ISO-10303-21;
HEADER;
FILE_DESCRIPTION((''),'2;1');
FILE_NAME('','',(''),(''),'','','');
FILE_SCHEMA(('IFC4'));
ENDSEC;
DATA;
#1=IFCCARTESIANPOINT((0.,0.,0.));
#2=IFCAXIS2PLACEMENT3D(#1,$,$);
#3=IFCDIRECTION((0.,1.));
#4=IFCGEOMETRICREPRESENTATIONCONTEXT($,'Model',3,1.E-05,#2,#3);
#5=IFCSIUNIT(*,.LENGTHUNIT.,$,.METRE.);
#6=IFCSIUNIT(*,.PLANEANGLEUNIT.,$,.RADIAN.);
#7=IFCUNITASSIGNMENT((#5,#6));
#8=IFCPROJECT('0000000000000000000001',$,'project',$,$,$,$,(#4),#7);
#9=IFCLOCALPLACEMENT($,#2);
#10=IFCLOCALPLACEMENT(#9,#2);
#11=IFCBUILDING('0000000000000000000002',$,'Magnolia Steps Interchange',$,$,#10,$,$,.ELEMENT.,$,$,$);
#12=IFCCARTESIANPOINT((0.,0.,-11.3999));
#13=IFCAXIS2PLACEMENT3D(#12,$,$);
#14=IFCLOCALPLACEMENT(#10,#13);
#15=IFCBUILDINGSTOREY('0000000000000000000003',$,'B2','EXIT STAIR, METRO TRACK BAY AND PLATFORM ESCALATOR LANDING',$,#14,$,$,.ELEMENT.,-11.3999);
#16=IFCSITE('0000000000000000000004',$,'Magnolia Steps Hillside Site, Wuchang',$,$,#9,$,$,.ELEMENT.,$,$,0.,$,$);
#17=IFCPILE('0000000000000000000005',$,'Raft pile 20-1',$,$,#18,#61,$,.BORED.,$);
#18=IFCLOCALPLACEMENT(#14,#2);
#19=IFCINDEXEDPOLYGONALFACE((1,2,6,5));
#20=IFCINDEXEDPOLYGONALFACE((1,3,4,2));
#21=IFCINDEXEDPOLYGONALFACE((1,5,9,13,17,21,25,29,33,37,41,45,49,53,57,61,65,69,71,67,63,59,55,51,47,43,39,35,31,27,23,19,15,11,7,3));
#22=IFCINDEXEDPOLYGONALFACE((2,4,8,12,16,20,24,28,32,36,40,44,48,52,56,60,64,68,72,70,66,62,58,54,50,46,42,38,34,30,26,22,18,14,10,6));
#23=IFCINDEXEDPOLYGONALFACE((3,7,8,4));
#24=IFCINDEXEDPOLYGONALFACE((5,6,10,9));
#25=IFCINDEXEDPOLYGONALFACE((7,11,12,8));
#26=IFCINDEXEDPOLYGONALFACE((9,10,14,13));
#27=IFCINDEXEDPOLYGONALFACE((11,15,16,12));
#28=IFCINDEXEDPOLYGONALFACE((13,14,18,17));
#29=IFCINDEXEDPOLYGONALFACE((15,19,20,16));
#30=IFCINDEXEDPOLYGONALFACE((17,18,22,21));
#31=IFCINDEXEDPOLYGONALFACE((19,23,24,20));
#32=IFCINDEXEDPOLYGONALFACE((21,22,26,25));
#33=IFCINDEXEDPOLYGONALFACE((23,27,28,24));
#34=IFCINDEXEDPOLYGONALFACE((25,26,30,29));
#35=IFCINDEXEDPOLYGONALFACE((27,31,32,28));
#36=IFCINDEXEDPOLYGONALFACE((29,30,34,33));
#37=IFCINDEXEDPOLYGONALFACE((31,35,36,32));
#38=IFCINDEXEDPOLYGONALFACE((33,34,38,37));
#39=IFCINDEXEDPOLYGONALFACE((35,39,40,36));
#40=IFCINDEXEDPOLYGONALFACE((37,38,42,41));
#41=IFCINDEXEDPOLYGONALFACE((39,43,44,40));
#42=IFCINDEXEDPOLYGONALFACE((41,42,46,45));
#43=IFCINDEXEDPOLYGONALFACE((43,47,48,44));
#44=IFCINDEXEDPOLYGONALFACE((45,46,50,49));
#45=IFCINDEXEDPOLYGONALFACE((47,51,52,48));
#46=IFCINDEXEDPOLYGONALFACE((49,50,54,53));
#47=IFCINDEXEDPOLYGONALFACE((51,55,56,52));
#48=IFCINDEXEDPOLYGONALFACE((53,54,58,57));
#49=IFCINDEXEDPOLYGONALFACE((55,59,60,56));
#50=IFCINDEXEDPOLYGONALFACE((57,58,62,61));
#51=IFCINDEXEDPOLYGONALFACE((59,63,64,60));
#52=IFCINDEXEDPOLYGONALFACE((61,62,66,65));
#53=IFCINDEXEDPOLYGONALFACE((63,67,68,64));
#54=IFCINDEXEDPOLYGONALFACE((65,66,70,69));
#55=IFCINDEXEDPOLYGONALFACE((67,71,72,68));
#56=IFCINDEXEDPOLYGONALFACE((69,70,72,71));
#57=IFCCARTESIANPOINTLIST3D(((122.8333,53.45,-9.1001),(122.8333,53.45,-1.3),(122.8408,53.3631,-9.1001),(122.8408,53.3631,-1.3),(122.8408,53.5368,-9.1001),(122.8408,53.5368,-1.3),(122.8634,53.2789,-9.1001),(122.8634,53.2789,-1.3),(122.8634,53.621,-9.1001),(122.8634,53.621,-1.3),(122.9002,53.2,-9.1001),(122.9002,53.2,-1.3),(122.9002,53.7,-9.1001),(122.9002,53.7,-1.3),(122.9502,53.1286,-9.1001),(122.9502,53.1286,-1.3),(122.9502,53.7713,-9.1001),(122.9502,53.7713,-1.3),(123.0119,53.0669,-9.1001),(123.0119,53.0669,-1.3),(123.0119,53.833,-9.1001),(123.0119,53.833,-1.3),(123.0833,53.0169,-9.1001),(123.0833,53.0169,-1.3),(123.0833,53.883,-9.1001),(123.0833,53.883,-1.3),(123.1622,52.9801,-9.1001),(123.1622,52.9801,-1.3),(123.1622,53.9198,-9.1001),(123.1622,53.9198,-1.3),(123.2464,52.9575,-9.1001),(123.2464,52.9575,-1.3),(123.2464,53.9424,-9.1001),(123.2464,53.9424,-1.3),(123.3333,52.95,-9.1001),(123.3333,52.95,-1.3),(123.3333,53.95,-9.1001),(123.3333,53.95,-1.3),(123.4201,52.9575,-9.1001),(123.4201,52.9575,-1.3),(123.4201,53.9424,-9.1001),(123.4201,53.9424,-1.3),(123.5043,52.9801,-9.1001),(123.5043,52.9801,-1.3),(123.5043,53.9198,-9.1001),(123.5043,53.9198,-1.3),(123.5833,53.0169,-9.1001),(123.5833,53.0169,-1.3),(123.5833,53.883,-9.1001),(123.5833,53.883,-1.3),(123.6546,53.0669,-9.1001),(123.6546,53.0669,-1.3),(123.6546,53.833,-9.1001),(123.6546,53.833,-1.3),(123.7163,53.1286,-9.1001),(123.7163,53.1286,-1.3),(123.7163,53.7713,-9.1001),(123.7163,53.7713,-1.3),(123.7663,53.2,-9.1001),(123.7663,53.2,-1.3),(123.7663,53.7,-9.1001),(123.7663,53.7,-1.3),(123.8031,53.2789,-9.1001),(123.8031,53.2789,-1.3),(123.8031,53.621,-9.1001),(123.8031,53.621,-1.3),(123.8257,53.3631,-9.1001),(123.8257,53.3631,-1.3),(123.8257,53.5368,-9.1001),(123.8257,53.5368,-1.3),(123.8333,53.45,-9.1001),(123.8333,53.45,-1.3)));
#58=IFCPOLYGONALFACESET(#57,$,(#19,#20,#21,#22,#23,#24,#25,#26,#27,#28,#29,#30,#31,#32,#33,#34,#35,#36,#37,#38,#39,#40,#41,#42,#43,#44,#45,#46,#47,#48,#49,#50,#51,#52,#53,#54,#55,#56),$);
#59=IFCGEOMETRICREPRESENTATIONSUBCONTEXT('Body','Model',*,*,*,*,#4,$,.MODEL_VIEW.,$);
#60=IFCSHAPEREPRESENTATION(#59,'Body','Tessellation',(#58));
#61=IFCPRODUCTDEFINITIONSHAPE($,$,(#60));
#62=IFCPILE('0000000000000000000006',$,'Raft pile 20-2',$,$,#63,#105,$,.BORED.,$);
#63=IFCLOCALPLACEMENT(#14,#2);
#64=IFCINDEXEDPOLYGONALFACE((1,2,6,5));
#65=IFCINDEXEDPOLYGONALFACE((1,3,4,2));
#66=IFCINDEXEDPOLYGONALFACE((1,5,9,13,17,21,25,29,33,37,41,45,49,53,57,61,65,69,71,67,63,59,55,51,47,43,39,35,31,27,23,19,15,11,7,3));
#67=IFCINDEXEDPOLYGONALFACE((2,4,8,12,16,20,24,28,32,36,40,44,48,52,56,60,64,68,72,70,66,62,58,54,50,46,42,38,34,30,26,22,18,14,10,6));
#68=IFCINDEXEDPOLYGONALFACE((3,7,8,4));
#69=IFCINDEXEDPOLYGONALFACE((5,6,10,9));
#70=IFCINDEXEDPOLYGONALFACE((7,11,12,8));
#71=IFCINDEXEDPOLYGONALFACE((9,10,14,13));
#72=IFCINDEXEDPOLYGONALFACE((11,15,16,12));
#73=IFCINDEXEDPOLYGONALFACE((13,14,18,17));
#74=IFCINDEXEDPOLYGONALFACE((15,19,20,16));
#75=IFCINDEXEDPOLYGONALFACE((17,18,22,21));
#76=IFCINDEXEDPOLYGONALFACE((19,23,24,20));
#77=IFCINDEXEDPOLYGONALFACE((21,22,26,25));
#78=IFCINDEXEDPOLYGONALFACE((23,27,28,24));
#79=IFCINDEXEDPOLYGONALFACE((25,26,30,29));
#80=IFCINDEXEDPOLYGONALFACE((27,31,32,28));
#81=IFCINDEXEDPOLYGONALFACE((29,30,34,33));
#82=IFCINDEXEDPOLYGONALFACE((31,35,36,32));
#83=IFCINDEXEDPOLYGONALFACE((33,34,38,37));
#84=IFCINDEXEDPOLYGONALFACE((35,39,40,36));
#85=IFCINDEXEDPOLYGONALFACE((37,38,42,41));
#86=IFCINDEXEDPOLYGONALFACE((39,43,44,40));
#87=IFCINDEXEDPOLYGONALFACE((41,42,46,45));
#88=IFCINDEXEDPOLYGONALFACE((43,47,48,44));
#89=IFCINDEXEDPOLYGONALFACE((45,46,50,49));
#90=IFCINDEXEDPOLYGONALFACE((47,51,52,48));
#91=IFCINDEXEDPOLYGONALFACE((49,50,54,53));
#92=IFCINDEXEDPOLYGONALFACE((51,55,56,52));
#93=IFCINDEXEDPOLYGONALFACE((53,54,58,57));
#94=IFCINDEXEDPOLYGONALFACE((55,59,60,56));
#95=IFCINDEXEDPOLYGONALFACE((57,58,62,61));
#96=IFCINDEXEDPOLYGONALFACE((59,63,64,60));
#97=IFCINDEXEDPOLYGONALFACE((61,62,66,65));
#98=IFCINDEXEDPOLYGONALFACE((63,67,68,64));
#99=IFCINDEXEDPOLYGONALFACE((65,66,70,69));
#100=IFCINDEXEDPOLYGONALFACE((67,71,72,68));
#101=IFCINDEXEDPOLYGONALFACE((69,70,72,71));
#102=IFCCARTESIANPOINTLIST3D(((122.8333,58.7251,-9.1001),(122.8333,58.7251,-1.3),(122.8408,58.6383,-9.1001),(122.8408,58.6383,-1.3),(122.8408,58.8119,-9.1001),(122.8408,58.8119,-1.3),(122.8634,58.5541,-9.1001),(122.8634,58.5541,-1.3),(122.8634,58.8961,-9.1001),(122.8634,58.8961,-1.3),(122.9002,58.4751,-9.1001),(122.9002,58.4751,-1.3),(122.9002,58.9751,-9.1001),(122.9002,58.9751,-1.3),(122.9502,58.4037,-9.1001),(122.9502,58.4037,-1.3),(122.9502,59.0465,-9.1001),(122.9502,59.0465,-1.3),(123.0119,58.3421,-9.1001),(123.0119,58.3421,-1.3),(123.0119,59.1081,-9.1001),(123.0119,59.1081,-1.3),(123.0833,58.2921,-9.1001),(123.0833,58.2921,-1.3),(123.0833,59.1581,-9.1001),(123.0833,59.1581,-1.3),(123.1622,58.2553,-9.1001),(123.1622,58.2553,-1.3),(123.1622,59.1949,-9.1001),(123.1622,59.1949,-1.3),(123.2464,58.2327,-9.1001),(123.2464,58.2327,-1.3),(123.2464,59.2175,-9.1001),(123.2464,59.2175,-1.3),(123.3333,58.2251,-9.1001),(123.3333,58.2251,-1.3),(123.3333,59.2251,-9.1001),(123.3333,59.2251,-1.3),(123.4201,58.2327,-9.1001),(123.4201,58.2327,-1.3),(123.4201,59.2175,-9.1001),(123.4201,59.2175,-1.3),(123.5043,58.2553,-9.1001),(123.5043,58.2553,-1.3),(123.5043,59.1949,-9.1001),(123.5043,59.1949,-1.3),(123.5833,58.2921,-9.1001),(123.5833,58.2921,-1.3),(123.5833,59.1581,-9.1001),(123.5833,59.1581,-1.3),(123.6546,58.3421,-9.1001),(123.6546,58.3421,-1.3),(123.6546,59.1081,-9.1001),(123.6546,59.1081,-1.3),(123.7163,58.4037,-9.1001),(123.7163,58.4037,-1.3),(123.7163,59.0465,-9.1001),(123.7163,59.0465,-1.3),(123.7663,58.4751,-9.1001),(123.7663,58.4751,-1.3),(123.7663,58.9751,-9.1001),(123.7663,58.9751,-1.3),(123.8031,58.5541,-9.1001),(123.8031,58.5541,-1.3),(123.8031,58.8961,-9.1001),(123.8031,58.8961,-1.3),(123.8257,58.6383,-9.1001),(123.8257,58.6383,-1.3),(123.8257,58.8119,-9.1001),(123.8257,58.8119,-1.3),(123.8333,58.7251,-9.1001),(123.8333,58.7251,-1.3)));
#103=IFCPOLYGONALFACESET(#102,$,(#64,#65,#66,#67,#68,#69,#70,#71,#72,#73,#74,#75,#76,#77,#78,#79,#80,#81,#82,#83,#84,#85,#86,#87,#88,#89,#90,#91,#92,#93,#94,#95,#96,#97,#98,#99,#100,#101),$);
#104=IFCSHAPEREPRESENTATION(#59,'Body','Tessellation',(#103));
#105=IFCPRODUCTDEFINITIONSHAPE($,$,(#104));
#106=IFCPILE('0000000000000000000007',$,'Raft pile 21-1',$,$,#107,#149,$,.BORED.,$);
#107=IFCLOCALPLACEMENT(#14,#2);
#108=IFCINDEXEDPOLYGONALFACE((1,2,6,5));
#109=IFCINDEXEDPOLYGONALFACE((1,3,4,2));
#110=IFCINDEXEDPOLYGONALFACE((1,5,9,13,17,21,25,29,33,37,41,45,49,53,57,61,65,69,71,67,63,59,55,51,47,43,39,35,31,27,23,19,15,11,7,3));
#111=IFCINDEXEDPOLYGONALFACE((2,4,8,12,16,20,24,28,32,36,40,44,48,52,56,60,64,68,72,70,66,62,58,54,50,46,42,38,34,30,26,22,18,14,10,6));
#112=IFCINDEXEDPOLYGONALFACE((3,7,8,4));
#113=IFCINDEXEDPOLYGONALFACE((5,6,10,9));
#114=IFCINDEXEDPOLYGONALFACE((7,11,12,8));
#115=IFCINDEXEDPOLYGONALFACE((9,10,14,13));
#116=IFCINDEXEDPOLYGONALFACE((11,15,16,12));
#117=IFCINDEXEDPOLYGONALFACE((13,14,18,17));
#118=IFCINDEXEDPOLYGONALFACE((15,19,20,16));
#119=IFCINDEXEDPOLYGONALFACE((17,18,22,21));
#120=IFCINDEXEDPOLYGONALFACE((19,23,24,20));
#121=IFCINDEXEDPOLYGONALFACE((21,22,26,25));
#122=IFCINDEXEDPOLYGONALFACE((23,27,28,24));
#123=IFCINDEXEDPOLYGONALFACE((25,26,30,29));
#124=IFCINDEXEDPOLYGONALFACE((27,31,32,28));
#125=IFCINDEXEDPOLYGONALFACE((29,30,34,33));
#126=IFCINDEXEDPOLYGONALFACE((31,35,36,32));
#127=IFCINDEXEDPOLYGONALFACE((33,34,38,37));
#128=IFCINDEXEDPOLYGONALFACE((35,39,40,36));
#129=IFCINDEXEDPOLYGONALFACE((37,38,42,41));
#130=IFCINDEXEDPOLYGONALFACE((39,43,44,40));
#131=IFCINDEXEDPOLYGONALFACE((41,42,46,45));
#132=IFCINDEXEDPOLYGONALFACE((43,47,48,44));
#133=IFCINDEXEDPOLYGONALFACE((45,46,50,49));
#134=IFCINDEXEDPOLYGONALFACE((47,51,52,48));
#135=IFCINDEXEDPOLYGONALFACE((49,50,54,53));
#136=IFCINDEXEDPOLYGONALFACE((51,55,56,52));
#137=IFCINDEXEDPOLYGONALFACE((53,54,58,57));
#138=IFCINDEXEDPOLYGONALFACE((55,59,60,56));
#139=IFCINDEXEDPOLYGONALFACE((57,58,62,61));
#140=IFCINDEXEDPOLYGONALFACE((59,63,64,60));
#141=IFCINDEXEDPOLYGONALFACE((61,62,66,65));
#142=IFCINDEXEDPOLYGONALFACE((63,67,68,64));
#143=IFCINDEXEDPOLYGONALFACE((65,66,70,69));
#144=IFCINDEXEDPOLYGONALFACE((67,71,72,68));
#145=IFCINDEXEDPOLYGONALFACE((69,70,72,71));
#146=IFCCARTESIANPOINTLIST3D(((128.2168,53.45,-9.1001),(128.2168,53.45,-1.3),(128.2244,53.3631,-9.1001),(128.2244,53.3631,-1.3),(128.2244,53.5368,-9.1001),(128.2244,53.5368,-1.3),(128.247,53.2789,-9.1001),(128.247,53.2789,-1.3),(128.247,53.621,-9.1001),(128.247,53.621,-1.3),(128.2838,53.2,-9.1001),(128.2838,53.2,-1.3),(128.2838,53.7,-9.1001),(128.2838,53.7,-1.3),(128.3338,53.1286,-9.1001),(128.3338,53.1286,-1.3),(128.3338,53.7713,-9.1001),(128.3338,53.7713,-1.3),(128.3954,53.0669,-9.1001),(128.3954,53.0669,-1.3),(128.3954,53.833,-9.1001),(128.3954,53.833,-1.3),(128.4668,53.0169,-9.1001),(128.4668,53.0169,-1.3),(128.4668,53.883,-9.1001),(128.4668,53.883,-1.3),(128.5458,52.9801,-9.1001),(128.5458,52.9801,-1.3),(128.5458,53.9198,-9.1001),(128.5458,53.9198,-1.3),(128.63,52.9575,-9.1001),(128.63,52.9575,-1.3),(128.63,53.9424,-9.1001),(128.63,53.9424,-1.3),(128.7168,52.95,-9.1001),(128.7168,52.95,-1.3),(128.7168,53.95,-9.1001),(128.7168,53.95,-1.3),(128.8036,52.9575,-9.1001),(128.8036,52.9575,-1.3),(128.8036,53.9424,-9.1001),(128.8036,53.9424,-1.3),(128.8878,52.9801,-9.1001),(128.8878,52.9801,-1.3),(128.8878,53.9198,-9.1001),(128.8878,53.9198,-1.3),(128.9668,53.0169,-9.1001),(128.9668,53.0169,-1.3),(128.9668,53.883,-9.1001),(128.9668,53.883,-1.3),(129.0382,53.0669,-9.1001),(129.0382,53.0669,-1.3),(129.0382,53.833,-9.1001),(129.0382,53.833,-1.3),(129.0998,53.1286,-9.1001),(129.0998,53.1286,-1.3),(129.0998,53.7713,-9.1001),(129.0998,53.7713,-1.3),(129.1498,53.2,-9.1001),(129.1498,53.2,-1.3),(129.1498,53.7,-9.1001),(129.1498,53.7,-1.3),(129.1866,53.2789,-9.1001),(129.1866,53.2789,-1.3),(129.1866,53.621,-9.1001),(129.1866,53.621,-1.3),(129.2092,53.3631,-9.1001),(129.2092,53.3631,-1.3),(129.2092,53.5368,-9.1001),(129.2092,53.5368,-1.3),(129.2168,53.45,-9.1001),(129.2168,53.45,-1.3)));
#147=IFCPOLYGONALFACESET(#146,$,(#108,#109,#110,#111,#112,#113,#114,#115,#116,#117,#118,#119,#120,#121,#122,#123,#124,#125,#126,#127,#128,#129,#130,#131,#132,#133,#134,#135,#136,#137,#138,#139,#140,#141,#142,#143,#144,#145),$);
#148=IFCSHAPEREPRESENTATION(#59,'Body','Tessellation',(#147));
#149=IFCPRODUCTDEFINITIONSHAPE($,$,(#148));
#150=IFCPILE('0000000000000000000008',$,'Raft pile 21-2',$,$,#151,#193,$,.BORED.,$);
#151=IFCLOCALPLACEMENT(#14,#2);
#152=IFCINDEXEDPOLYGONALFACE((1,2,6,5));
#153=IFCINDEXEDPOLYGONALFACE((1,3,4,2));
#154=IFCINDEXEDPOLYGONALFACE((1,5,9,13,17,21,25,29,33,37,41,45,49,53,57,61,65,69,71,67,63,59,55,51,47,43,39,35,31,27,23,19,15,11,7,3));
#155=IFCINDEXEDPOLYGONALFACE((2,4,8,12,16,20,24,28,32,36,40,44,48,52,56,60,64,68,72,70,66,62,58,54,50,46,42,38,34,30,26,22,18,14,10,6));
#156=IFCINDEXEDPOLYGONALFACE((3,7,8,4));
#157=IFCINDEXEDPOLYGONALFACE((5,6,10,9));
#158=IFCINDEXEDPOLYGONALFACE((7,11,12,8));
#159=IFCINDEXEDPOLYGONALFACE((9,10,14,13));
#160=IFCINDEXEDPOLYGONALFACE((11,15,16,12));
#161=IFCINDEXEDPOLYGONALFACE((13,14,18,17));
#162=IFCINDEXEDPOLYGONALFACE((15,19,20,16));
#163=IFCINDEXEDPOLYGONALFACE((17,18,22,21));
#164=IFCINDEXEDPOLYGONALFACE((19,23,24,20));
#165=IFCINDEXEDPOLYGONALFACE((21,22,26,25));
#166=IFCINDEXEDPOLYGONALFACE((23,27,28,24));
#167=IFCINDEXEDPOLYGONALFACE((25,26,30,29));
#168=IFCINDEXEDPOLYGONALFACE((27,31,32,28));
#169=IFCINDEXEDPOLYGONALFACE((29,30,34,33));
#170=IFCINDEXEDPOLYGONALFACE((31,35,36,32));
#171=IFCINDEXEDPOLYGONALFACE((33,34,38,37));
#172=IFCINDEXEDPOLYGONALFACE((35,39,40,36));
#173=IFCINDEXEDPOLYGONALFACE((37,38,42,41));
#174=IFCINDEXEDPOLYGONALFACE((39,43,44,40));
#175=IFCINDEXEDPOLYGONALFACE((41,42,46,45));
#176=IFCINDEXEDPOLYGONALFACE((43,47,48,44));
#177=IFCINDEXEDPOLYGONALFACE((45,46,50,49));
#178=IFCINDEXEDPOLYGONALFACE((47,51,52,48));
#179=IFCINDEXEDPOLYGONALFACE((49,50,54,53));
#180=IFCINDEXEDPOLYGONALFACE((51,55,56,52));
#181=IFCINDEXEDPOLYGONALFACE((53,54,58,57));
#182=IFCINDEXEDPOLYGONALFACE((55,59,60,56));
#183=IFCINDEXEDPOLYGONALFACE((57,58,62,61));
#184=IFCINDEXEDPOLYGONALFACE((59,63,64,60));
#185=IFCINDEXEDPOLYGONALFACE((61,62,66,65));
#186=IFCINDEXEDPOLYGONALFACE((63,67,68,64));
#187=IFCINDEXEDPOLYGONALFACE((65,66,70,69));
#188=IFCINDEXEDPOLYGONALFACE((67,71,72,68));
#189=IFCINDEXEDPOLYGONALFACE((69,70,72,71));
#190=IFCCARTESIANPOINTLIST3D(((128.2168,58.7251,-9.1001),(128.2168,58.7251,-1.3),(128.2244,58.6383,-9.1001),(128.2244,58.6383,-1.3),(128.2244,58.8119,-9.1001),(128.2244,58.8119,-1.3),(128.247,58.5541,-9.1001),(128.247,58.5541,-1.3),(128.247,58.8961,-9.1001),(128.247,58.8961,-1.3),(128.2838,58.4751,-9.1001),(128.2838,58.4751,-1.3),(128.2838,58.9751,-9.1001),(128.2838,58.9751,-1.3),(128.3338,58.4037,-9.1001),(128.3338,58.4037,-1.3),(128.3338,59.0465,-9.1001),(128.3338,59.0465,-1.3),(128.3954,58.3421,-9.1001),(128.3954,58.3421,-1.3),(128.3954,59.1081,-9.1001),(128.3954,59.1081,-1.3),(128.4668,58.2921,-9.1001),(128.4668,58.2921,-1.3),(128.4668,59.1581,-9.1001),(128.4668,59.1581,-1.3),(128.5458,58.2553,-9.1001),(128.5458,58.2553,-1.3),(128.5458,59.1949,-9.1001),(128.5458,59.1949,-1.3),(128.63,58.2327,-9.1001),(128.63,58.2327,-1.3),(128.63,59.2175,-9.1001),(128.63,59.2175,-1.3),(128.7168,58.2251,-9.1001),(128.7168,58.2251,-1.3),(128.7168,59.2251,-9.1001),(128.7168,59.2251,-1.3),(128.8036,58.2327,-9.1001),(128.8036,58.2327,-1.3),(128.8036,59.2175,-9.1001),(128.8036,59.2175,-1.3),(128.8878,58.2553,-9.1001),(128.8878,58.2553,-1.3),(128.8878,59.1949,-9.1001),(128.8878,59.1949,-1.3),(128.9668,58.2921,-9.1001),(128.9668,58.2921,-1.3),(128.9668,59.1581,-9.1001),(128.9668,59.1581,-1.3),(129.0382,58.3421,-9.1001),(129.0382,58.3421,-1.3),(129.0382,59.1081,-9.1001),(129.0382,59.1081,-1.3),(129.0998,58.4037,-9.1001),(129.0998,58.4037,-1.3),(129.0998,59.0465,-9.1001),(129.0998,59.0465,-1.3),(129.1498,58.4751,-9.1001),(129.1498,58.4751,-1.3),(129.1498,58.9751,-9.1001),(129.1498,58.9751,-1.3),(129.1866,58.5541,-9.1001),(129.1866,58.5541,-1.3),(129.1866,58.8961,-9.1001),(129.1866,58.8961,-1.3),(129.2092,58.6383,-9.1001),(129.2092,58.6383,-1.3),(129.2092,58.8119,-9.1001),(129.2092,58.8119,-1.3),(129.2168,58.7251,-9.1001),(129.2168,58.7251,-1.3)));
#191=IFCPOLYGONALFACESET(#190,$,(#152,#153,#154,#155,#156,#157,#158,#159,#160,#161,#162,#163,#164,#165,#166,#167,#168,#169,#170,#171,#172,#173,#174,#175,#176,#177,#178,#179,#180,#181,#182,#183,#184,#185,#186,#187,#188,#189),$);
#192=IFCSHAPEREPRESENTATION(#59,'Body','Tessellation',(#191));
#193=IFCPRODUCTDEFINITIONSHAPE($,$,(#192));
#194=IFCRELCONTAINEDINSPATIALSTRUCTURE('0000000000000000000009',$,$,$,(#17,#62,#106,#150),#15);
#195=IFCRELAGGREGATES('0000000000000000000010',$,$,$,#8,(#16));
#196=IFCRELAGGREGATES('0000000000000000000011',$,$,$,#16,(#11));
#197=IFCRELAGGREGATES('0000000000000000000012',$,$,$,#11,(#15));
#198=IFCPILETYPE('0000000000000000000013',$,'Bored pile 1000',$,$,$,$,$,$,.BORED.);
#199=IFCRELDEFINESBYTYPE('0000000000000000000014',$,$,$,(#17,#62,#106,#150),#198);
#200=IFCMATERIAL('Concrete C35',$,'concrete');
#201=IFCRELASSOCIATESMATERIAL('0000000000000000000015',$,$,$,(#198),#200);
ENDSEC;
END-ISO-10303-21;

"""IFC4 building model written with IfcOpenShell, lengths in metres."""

from ifc_helpers import new_model, si_unit, direction, frame, origin, origin_2d, place, context, subcontext, project, spatial, circle, extrude, material, material_profile, profile_set, type_object, element, save


model = new_model("IFC4")

# Units and contexts
model_context = context("Model", 3, precision=1e-05, world=origin(), true_north=direction((0.0, 1.0)))
body_context = subcontext(model_context, "Body", "Model", "MODEL_VIEW")
ifc_project = project(units=[si_unit("LENGTHUNIT", "METRE"), si_unit("PLANEANGLEUNIT", "RADIAN")], contexts=[model_context])

# Site, building, storey
site_placement = place(None, origin())
site = spatial("IfcSite", under=ifc_project, at=site_placement, Name="Magnolia Steps Hillside Site, Wuchang", CompositionType="ELEMENT", RefElevation=0.0)
building_placement = place(site_placement, origin())
building = spatial("IfcBuilding", under=site, at=building_placement, Name="Magnolia Steps Interchange", CompositionType="ELEMENT")
storey_placement = place(building_placement, frame((0.0, 0.0, -11.3999)))
storey = spatial("IfcBuildingStorey", under=building, at=storey_placement, Name="B2", Description="EXIT STAIR, METRO TRACK BAY AND PLATFORM ESCALATOR LANDING", CompositionType="ELEMENT", Elevation=-11.3999)

# Piles
ifc_material_1 = material(Name="Concrete C35", Category="concrete")
ifc_material_profile_1 = material_profile(ifc_material_1, circle(Radius=0.5, at=origin_2d()), Name="Bored pile 1000")
ifc_profile_set_1 = profile_set([ifc_material_profile_1], Name="Concrete C35")
pile_type_1 = type_object("IfcPileType", Name="Bored pile 1000", PredefinedType="BORED", material=ifc_profile_set_1)
for number, where, z_axis, x_axis, name in (
    (1, (123.3333, 53.45, -1.3), (0.0, 0.0, -1.0), (1.0, 0.0, 0.0), "Raft pile 20-1"),
    (2, (123.3333, 58.7251, -1.3), (0.0, 0.0, -1.0), (1.0, 0.0, 0.0), "Raft pile 20-2"),
    (3, (128.7168, 53.45, -1.3), (0.0, 0.0, -1.0), (1.0, 0.0, 0.0), "Raft pile 21-1"),
    (4, (128.7168, 58.7251, -1.3), (0.0, 0.0, -1.0), (1.0, 0.0, 0.0), "Raft pile 21-2"),
):
    element("IfcPile", number, at=place(storey_placement, frame(where, z_axis=z_axis, x_axis=x_axis)), inside=storey, type_object=pile_type_1, Name=name, PredefinedType="BORED", context=body_context, shape_type="SweptSolid", body=[
        extrude(circle(Radius=0.5, at=origin_2d()), origin(), (0.0, 0.0, 1.0), 7.8),
    ])

save(model, "model.ifc")
